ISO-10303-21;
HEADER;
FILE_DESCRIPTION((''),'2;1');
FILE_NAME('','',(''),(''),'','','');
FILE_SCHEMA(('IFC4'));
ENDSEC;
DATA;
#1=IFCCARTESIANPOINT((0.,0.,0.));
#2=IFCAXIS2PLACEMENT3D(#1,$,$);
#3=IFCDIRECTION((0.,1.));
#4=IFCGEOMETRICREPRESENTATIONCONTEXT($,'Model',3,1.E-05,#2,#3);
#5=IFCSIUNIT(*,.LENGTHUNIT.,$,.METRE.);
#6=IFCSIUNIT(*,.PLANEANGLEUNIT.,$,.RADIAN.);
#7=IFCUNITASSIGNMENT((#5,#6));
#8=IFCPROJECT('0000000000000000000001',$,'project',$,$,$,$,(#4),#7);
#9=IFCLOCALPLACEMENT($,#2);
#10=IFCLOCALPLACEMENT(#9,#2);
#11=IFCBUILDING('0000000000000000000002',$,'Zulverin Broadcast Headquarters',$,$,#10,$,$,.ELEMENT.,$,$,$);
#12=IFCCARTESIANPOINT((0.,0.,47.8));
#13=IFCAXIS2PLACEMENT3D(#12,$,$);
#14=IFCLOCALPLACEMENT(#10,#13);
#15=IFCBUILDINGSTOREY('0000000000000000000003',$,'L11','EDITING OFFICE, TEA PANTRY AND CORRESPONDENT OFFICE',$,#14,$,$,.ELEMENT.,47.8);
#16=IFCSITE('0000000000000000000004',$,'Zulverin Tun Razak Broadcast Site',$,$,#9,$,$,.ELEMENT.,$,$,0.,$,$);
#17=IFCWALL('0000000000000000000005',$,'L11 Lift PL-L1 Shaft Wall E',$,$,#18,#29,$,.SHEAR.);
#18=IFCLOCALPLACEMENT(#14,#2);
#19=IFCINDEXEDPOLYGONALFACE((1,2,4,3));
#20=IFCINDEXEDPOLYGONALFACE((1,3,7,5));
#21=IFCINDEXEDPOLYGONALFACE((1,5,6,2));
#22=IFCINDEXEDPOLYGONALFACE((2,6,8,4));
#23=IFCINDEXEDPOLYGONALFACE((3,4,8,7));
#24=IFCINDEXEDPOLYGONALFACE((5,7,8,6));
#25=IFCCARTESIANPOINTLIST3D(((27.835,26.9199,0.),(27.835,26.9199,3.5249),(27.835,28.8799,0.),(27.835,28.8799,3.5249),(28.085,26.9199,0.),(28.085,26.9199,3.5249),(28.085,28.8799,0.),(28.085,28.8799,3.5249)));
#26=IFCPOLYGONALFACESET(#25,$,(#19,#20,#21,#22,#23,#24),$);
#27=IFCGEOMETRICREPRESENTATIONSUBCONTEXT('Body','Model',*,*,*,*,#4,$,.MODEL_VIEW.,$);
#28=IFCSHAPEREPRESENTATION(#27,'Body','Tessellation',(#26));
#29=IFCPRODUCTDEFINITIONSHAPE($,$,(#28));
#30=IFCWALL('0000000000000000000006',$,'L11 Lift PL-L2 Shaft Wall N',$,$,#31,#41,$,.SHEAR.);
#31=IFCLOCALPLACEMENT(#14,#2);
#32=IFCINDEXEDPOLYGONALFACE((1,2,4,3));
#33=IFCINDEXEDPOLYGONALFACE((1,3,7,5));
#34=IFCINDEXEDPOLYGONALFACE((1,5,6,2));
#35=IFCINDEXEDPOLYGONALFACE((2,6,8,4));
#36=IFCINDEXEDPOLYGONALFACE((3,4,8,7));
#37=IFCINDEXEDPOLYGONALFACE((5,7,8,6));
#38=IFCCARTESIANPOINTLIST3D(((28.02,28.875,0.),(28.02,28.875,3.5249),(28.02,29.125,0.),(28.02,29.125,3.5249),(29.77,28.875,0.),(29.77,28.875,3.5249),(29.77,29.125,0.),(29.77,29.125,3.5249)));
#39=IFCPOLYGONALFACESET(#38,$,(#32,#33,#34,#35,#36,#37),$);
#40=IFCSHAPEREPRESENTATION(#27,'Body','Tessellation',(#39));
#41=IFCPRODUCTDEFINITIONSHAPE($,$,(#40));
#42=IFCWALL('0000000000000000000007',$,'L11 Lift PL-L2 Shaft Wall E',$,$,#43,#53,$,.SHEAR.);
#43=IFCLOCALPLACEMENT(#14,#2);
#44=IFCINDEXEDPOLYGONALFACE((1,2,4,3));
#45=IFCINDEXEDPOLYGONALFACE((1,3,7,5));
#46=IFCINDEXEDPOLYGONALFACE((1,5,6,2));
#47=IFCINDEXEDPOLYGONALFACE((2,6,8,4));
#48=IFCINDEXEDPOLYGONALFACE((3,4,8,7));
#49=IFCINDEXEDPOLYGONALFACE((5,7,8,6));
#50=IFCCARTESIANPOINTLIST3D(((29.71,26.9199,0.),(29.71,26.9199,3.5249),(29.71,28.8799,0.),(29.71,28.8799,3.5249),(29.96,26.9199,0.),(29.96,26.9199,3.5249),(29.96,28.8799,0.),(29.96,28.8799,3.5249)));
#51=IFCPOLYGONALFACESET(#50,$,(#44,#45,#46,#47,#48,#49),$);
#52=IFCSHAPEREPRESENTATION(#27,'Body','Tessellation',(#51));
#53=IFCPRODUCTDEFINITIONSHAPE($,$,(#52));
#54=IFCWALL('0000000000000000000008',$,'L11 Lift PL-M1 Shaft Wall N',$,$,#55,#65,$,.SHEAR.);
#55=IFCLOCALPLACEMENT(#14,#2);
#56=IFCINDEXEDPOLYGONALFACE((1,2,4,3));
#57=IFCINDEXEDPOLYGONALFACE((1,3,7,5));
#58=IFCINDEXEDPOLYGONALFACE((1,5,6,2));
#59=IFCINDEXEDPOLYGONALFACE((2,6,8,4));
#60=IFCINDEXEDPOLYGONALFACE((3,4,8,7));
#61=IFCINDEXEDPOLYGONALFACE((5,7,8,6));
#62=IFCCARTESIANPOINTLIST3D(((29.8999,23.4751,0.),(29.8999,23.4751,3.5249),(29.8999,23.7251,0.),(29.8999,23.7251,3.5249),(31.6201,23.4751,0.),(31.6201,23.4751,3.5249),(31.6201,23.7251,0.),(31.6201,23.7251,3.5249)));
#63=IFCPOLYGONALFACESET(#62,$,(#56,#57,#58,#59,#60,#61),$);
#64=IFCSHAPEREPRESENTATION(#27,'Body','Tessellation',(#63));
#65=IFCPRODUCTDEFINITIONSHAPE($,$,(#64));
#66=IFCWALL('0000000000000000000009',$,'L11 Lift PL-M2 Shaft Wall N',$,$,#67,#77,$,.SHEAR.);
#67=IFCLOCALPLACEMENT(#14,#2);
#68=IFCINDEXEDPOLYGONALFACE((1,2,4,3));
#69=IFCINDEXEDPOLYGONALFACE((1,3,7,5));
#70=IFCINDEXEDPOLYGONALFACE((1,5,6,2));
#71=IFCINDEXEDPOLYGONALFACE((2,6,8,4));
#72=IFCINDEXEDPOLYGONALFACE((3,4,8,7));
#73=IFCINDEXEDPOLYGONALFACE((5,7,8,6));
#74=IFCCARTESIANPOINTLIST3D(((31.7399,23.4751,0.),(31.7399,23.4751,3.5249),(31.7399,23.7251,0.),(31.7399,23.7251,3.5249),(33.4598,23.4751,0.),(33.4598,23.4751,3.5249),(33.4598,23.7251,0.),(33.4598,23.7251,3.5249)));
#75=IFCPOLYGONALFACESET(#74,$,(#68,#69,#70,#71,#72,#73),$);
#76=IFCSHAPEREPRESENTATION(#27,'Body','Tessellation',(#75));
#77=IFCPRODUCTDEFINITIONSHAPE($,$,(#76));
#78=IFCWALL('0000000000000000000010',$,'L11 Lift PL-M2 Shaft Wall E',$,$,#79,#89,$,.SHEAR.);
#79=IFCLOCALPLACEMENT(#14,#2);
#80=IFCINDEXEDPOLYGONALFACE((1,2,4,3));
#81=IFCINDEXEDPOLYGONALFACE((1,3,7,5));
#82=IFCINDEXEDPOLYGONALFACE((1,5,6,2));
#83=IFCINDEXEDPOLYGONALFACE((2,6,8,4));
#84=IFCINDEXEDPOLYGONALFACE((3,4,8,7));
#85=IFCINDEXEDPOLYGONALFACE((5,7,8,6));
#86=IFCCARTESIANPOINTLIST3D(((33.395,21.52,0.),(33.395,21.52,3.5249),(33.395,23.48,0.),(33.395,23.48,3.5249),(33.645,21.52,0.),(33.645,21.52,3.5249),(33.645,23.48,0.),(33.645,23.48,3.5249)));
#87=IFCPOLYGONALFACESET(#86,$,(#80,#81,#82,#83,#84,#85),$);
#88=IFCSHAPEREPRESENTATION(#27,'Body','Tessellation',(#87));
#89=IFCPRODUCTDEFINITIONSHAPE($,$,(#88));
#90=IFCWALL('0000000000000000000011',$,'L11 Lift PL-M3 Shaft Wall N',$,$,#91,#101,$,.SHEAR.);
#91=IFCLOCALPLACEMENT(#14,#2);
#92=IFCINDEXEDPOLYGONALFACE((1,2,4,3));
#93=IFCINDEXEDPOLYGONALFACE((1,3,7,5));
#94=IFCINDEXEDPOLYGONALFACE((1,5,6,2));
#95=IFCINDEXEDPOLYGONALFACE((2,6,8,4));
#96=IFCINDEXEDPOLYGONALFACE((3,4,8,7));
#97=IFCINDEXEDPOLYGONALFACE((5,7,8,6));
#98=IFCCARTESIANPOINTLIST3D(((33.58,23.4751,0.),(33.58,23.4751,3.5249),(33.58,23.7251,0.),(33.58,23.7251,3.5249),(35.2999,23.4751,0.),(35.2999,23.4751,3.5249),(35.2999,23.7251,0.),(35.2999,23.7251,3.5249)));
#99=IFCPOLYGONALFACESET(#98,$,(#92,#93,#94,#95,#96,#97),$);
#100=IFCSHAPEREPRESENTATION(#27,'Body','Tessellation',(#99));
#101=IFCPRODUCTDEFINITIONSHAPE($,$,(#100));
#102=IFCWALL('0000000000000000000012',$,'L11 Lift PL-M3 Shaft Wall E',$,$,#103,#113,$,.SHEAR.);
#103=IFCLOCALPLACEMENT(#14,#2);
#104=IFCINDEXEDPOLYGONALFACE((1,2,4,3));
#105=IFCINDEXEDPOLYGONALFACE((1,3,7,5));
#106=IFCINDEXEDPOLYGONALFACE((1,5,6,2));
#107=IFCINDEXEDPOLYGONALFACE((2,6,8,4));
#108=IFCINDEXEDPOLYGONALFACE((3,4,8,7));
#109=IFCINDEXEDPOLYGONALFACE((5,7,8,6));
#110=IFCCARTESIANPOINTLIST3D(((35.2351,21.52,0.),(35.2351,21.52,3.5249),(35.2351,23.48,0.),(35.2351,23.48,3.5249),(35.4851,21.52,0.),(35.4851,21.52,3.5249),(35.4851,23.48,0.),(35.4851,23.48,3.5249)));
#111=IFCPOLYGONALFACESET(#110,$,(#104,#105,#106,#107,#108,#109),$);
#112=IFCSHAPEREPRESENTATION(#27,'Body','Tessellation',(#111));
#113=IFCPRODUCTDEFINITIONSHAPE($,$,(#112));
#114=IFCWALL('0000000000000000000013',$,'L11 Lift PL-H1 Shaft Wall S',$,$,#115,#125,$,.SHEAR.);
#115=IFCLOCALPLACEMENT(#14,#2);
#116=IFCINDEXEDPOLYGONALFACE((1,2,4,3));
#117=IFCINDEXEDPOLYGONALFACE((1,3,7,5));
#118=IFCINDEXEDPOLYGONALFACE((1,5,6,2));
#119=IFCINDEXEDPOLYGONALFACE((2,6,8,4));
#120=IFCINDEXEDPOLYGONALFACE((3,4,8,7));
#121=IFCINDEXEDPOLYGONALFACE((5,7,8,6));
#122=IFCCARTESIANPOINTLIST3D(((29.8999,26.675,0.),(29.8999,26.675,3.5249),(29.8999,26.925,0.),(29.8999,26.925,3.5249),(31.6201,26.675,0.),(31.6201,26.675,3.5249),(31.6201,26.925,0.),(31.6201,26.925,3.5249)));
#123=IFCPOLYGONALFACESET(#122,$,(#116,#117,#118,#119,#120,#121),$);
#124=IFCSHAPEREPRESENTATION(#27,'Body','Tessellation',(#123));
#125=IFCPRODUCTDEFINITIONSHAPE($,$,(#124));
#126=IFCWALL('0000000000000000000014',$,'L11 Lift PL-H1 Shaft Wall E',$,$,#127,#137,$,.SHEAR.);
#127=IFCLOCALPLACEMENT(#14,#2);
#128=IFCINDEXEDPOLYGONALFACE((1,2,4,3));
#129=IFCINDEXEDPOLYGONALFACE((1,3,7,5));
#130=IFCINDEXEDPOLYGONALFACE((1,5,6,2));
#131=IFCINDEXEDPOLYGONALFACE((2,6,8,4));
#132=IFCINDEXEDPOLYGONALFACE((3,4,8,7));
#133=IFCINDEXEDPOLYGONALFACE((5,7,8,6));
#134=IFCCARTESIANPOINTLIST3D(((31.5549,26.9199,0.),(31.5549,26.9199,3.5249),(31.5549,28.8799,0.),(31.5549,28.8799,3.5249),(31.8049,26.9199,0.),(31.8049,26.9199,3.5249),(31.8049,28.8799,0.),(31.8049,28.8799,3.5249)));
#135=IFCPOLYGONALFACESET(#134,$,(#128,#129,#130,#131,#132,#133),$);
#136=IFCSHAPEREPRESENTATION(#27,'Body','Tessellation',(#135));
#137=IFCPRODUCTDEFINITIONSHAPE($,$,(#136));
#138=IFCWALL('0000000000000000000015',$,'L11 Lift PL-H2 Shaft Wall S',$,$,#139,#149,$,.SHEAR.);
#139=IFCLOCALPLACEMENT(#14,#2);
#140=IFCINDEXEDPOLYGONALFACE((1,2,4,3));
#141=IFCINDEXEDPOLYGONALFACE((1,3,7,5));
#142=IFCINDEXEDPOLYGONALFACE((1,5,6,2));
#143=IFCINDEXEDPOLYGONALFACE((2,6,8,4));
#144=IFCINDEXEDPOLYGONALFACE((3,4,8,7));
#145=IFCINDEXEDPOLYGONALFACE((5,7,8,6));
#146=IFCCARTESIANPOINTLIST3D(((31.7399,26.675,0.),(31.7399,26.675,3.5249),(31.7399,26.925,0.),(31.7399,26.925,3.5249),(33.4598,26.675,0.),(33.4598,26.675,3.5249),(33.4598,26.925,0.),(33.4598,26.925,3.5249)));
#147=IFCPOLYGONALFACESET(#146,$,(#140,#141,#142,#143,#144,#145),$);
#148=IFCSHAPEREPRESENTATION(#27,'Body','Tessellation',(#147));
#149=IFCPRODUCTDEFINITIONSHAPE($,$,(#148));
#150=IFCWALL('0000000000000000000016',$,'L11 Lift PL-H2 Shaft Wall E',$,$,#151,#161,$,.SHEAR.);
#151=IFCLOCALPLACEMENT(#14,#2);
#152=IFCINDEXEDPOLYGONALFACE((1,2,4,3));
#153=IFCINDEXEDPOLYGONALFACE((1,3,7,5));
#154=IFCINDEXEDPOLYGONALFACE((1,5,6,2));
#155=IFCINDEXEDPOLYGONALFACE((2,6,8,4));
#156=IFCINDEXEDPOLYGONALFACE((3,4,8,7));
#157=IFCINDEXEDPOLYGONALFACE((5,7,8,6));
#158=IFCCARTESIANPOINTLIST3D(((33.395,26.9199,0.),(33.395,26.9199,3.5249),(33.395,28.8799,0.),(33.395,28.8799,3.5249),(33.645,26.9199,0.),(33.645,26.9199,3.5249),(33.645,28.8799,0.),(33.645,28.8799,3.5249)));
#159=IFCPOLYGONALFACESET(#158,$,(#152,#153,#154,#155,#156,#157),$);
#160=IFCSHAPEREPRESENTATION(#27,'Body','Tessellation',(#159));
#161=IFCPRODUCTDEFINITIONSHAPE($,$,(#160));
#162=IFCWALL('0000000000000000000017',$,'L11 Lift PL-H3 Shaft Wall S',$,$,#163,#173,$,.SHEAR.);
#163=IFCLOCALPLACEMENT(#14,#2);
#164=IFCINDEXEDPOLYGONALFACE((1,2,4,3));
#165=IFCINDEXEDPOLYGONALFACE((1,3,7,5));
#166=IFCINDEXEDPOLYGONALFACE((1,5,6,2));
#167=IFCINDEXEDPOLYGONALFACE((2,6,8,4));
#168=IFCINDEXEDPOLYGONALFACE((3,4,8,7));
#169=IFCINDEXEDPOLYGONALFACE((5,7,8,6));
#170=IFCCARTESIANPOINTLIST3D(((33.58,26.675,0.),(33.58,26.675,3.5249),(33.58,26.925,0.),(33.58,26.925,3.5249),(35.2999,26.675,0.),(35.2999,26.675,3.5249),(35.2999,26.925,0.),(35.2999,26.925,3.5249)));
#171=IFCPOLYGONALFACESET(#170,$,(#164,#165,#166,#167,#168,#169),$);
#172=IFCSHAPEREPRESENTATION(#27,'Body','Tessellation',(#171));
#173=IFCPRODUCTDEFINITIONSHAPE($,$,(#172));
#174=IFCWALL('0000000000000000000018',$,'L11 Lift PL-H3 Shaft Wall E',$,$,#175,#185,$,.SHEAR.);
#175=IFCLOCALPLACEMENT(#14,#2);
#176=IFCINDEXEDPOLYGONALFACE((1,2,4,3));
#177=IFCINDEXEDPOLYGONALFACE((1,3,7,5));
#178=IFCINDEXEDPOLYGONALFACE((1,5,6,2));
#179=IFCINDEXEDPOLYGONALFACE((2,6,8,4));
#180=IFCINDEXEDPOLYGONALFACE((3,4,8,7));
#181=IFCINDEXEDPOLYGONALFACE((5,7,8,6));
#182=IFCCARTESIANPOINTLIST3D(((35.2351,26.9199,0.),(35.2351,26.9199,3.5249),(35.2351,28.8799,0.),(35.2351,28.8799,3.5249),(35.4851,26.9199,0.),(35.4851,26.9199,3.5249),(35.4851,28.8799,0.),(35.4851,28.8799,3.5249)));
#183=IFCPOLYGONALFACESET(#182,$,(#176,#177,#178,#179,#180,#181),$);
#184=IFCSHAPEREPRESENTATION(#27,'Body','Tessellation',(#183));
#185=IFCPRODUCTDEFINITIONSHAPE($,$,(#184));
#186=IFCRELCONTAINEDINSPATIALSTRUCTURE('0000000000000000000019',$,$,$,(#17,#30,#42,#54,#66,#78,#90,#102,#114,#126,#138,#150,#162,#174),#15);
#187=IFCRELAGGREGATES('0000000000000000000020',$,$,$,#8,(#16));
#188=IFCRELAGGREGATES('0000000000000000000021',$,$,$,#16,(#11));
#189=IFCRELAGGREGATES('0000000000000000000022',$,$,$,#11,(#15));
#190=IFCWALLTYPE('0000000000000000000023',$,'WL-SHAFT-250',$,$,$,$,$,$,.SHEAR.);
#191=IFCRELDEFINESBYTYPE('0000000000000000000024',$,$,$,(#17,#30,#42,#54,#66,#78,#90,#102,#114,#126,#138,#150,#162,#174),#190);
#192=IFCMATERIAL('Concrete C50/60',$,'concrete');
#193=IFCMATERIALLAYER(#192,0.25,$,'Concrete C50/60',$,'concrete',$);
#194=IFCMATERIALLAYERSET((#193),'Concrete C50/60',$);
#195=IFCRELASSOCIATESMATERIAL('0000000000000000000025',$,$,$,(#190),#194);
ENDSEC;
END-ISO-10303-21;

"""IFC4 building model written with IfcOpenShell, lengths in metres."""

from ifc_helpers import new_model, si_unit, direction, frame, frame_2d, origin, place, context, subcontext, project, spatial, rectangle, extrude, material, layer, layer_set, type_object, element, save


model = new_model("IFC4")

# Units and contexts
model_context = context("Model", 3, precision=1e-05, world=origin(), true_north=direction((0.0, 1.0)))
body_context = subcontext(model_context, "Body", "Model", "MODEL_VIEW")
ifc_project = project(units=[si_unit("LENGTHUNIT", "METRE"), si_unit("PLANEANGLEUNIT", "RADIAN")], contexts=[model_context])

# Site, building, storey
site_placement = place(None, origin())
site = spatial("IfcSite", under=ifc_project, at=site_placement, Name="Zulverin Tun Razak Broadcast Site", CompositionType="ELEMENT", RefElevation=0.0)
building_placement = place(site_placement, origin())
building = spatial("IfcBuilding", under=site, at=building_placement, Name="Zulverin Broadcast Headquarters", CompositionType="ELEMENT")
storey_placement = place(building_placement, frame((0.0, 0.0, 47.8)))
storey = spatial("IfcBuildingStorey", under=building, at=storey_placement, Name="L11", Description="EDITING OFFICE, TEA PANTRY AND CORRESPONDENT OFFICE", CompositionType="ELEMENT", Elevation=47.8)

# Wall
ifc_material_1 = material(Name="Concrete C50/60", Category="concrete")
ifc_layer_1 = layer(ifc_material_1, 0.25, Name="Concrete C50/60", Category="concrete")
ifc_layer_set_1 = layer_set([ifc_layer_1], Name="Concrete C50/60")
wall_type_1 = type_object("IfcWallType", Name="WL-SHAFT-250", PredefinedType="SHEAR", material=ifc_layer_set_1)
wall_1_placement = place(storey_placement, frame((27.96, 26.9199, 0.0), z_axis=(0.0, 0.0, 1.0), x_axis=(0.0, 1.0, 0.0)))
element("IfcWall", 1, at=wall_1_placement, inside=storey, type_object=wall_type_1, Name="L11 Lift PL-L1 Shaft Wall E", PredefinedType="SHEAR", context=body_context, shape_type="SweptSolid", body=[
    extrude(rectangle(XDim=1.96, YDim=0.25, at=frame_2d((0.98, 0.0))), origin(), (0.0, 0.0, 1.0), 3.5249),
])

# Walls
wall_2_placement = place(storey_placement, frame((28.02, 29.0, 0.0), z_axis=(0.0, 0.0, 1.0), x_axis=(1.0, 0.0, 0.0)))
element("IfcWall", 2, at=wall_2_placement, inside=storey, type_object=wall_type_1, Name="L11 Lift PL-L2 Shaft Wall N", PredefinedType="SHEAR", context=body_context, shape_type="SweptSolid", body=[
    extrude(rectangle(XDim=1.75, YDim=0.25, at=frame_2d((0.875, 0.0))), origin(), (0.0, 0.0, 1.0), 3.5249),
])
wall_3_placement = place(storey_placement, frame((29.835, 26.9199, 0.0), z_axis=(0.0, 0.0, 1.0), x_axis=(0.0, 1.0, 0.0)))
element("IfcWall", 3, at=wall_3_placement, inside=storey, type_object=wall_type_1, Name="L11 Lift PL-L2 Shaft Wall E", PredefinedType="SHEAR", context=body_context, shape_type="SweptSolid", body=[
    extrude(rectangle(XDim=1.96, YDim=0.25, at=frame_2d((0.98, 0.0))), origin(), (0.0, 0.0, 1.0), 3.5249),
])

# Walls
wall_4_placement = place(storey_placement, frame((29.8999, 23.6001, 0.0), z_axis=(0.0, 0.0, 1.0), x_axis=(1.0, 0.0, 0.0)))
element("IfcWall", 4, at=wall_4_placement, inside=storey, type_object=wall_type_1, Name="L11 Lift PL-M1 Shaft Wall N", PredefinedType="SHEAR", context=body_context, shape_type="SweptSolid", body=[
    extrude(rectangle(XDim=1.7202, YDim=0.25, at=frame_2d((0.8601, 0.0))), origin(), (0.0, 0.0, 1.0), 3.5249),
])
wall_5_placement = place(storey_placement, frame((31.74, 23.6001, 0.0), z_axis=(0.0, 0.0, 1.0), x_axis=(1.0, 0.0, 0.0)))
element("IfcWall", 5, at=wall_5_placement, inside=storey, type_object=wall_type_1, Name="L11 Lift PL-M2 Shaft Wall N", PredefinedType="SHEAR", context=body_context, shape_type="SweptSolid", body=[
    extrude(rectangle(XDim=1.72, YDim=0.25, at=frame_2d((0.8599, 0.0))), origin(), (0.0, 0.0, 1.0), 3.5249),
])
wall_6_placement = place(storey_placement, frame((33.52, 21.52, 0.0), z_axis=(0.0, 0.0, 1.0), x_axis=(0.0, 1.0, 0.0)))
element("IfcWall", 6, at=wall_6_placement, inside=storey, type_object=wall_type_1, Name="L11 Lift PL-M2 Shaft Wall E", PredefinedType="SHEAR", context=body_context, shape_type="SweptSolid", body=[
    extrude(rectangle(XDim=1.96, YDim=0.25, at=frame_2d((0.98, 0.0))), origin(), (0.0, 0.0, 1.0), 3.5249),
])
wall_7_placement = place(storey_placement, frame((33.5801, 23.6001, 0.0), z_axis=(0.0, 0.0, 1.0), x_axis=(1.0, 0.0, 0.0)))
element("IfcWall", 7, at=wall_7_placement, inside=storey, type_object=wall_type_1, Name="L11 Lift PL-M3 Shaft Wall N", PredefinedType="SHEAR", context=body_context, shape_type="SweptSolid", body=[
    extrude(rectangle(XDim=1.72, YDim=0.25, at=frame_2d((0.8599, 0.0))), origin(), (0.0, 0.0, 1.0), 3.5249),
])
wall_8_placement = place(storey_placement, frame((35.3601, 21.52, 0.0), z_axis=(0.0, 0.0, 1.0), x_axis=(0.0, 1.0, 0.0)))
element("IfcWall", 8, at=wall_8_placement, inside=storey, type_object=wall_type_1, Name="L11 Lift PL-M3 Shaft Wall E", PredefinedType="SHEAR", context=body_context, shape_type="SweptSolid", body=[
    extrude(rectangle(XDim=1.96, YDim=0.25, at=frame_2d((0.98, 0.0))), origin(), (0.0, 0.0, 1.0), 3.5249),
])
wall_9_placement = place(storey_placement, frame((29.8999, 26.8, 0.0), z_axis=(0.0, 0.0, 1.0), x_axis=(1.0, 0.0, 0.0)))
element("IfcWall", 9, at=wall_9_placement, inside=storey, type_object=wall_type_1, Name="L11 Lift PL-H1 Shaft Wall S", PredefinedType="SHEAR", context=body_context, shape_type="SweptSolid", body=[
    extrude(rectangle(XDim=1.7202, YDim=0.25, at=frame_2d((0.8601, 0.0))), origin(), (0.0, 0.0, 1.0), 3.5249),
])
wall_10_placement = place(storey_placement, frame((31.6799, 26.9199, 0.0), z_axis=(0.0, 0.0, 1.0), x_axis=(0.0, 1.0, 0.0)))
element("IfcWall", 10, at=wall_10_placement, inside=storey, type_object=wall_type_1, Name="L11 Lift PL-H1 Shaft Wall E", PredefinedType="SHEAR", context=body_context, shape_type="SweptSolid", body=[
    extrude(rectangle(XDim=1.96, YDim=0.25, at=frame_2d((0.98, 0.0))), origin(), (0.0, 0.0, 1.0), 3.5249),
])
wall_11_placement = place(storey_placement, frame((31.74, 26.8, 0.0), z_axis=(0.0, 0.0, 1.0), x_axis=(1.0, 0.0, 0.0)))
element("IfcWall", 11, at=wall_11_placement, inside=storey, type_object=wall_type_1, Name="L11 Lift PL-H2 Shaft Wall S", PredefinedType="SHEAR", context=body_context, shape_type="SweptSolid", body=[
    extrude(rectangle(XDim=1.72, YDim=0.25, at=frame_2d((0.8599, 0.0))), origin(), (0.0, 0.0, 1.0), 3.5249),
])
wall_12_placement = place(storey_placement, frame((33.52, 26.9199, 0.0), z_axis=(0.0, 0.0, 1.0), x_axis=(0.0, 1.0, 0.0)))
element("IfcWall", 12, at=wall_12_placement, inside=storey, type_object=wall_type_1, Name="L11 Lift PL-H2 Shaft Wall E", PredefinedType="SHEAR", context=body_context, shape_type="SweptSolid", body=[
    extrude(rectangle(XDim=1.96, YDim=0.25, at=frame_2d((0.98, 0.0))), origin(), (0.0, 0.0, 1.0), 3.5249),
])
wall_13_placement = place(storey_placement, frame((33.5801, 26.8, 0.0), z_axis=(0.0, 0.0, 1.0), x_axis=(1.0, 0.0, 0.0)))
element("IfcWall", 13, at=wall_13_placement, inside=storey, type_object=wall_type_1, Name="L11 Lift PL-H3 Shaft Wall S", PredefinedType="SHEAR", context=body_context, shape_type="SweptSolid", body=[
    extrude(rectangle(XDim=1.72, YDim=0.25, at=frame_2d((0.8599, 0.0))), origin(), (0.0, 0.0, 1.0), 3.5249),
])
wall_14_placement = place(storey_placement, frame((35.3601, 26.9199, 0.0), z_axis=(0.0, 0.0, 1.0), x_axis=(0.0, 1.0, 0.0)))
element("IfcWall", 14, at=wall_14_placement, inside=storey, type_object=wall_type_1, Name="L11 Lift PL-H3 Shaft Wall E", PredefinedType="SHEAR", context=body_context, shape_type="SweptSolid", body=[
    extrude(rectangle(XDim=1.96, YDim=0.25, at=frame_2d((0.98, 0.0))), origin(), (0.0, 0.0, 1.0), 3.5249),
])

save(model, "model.ifc")
